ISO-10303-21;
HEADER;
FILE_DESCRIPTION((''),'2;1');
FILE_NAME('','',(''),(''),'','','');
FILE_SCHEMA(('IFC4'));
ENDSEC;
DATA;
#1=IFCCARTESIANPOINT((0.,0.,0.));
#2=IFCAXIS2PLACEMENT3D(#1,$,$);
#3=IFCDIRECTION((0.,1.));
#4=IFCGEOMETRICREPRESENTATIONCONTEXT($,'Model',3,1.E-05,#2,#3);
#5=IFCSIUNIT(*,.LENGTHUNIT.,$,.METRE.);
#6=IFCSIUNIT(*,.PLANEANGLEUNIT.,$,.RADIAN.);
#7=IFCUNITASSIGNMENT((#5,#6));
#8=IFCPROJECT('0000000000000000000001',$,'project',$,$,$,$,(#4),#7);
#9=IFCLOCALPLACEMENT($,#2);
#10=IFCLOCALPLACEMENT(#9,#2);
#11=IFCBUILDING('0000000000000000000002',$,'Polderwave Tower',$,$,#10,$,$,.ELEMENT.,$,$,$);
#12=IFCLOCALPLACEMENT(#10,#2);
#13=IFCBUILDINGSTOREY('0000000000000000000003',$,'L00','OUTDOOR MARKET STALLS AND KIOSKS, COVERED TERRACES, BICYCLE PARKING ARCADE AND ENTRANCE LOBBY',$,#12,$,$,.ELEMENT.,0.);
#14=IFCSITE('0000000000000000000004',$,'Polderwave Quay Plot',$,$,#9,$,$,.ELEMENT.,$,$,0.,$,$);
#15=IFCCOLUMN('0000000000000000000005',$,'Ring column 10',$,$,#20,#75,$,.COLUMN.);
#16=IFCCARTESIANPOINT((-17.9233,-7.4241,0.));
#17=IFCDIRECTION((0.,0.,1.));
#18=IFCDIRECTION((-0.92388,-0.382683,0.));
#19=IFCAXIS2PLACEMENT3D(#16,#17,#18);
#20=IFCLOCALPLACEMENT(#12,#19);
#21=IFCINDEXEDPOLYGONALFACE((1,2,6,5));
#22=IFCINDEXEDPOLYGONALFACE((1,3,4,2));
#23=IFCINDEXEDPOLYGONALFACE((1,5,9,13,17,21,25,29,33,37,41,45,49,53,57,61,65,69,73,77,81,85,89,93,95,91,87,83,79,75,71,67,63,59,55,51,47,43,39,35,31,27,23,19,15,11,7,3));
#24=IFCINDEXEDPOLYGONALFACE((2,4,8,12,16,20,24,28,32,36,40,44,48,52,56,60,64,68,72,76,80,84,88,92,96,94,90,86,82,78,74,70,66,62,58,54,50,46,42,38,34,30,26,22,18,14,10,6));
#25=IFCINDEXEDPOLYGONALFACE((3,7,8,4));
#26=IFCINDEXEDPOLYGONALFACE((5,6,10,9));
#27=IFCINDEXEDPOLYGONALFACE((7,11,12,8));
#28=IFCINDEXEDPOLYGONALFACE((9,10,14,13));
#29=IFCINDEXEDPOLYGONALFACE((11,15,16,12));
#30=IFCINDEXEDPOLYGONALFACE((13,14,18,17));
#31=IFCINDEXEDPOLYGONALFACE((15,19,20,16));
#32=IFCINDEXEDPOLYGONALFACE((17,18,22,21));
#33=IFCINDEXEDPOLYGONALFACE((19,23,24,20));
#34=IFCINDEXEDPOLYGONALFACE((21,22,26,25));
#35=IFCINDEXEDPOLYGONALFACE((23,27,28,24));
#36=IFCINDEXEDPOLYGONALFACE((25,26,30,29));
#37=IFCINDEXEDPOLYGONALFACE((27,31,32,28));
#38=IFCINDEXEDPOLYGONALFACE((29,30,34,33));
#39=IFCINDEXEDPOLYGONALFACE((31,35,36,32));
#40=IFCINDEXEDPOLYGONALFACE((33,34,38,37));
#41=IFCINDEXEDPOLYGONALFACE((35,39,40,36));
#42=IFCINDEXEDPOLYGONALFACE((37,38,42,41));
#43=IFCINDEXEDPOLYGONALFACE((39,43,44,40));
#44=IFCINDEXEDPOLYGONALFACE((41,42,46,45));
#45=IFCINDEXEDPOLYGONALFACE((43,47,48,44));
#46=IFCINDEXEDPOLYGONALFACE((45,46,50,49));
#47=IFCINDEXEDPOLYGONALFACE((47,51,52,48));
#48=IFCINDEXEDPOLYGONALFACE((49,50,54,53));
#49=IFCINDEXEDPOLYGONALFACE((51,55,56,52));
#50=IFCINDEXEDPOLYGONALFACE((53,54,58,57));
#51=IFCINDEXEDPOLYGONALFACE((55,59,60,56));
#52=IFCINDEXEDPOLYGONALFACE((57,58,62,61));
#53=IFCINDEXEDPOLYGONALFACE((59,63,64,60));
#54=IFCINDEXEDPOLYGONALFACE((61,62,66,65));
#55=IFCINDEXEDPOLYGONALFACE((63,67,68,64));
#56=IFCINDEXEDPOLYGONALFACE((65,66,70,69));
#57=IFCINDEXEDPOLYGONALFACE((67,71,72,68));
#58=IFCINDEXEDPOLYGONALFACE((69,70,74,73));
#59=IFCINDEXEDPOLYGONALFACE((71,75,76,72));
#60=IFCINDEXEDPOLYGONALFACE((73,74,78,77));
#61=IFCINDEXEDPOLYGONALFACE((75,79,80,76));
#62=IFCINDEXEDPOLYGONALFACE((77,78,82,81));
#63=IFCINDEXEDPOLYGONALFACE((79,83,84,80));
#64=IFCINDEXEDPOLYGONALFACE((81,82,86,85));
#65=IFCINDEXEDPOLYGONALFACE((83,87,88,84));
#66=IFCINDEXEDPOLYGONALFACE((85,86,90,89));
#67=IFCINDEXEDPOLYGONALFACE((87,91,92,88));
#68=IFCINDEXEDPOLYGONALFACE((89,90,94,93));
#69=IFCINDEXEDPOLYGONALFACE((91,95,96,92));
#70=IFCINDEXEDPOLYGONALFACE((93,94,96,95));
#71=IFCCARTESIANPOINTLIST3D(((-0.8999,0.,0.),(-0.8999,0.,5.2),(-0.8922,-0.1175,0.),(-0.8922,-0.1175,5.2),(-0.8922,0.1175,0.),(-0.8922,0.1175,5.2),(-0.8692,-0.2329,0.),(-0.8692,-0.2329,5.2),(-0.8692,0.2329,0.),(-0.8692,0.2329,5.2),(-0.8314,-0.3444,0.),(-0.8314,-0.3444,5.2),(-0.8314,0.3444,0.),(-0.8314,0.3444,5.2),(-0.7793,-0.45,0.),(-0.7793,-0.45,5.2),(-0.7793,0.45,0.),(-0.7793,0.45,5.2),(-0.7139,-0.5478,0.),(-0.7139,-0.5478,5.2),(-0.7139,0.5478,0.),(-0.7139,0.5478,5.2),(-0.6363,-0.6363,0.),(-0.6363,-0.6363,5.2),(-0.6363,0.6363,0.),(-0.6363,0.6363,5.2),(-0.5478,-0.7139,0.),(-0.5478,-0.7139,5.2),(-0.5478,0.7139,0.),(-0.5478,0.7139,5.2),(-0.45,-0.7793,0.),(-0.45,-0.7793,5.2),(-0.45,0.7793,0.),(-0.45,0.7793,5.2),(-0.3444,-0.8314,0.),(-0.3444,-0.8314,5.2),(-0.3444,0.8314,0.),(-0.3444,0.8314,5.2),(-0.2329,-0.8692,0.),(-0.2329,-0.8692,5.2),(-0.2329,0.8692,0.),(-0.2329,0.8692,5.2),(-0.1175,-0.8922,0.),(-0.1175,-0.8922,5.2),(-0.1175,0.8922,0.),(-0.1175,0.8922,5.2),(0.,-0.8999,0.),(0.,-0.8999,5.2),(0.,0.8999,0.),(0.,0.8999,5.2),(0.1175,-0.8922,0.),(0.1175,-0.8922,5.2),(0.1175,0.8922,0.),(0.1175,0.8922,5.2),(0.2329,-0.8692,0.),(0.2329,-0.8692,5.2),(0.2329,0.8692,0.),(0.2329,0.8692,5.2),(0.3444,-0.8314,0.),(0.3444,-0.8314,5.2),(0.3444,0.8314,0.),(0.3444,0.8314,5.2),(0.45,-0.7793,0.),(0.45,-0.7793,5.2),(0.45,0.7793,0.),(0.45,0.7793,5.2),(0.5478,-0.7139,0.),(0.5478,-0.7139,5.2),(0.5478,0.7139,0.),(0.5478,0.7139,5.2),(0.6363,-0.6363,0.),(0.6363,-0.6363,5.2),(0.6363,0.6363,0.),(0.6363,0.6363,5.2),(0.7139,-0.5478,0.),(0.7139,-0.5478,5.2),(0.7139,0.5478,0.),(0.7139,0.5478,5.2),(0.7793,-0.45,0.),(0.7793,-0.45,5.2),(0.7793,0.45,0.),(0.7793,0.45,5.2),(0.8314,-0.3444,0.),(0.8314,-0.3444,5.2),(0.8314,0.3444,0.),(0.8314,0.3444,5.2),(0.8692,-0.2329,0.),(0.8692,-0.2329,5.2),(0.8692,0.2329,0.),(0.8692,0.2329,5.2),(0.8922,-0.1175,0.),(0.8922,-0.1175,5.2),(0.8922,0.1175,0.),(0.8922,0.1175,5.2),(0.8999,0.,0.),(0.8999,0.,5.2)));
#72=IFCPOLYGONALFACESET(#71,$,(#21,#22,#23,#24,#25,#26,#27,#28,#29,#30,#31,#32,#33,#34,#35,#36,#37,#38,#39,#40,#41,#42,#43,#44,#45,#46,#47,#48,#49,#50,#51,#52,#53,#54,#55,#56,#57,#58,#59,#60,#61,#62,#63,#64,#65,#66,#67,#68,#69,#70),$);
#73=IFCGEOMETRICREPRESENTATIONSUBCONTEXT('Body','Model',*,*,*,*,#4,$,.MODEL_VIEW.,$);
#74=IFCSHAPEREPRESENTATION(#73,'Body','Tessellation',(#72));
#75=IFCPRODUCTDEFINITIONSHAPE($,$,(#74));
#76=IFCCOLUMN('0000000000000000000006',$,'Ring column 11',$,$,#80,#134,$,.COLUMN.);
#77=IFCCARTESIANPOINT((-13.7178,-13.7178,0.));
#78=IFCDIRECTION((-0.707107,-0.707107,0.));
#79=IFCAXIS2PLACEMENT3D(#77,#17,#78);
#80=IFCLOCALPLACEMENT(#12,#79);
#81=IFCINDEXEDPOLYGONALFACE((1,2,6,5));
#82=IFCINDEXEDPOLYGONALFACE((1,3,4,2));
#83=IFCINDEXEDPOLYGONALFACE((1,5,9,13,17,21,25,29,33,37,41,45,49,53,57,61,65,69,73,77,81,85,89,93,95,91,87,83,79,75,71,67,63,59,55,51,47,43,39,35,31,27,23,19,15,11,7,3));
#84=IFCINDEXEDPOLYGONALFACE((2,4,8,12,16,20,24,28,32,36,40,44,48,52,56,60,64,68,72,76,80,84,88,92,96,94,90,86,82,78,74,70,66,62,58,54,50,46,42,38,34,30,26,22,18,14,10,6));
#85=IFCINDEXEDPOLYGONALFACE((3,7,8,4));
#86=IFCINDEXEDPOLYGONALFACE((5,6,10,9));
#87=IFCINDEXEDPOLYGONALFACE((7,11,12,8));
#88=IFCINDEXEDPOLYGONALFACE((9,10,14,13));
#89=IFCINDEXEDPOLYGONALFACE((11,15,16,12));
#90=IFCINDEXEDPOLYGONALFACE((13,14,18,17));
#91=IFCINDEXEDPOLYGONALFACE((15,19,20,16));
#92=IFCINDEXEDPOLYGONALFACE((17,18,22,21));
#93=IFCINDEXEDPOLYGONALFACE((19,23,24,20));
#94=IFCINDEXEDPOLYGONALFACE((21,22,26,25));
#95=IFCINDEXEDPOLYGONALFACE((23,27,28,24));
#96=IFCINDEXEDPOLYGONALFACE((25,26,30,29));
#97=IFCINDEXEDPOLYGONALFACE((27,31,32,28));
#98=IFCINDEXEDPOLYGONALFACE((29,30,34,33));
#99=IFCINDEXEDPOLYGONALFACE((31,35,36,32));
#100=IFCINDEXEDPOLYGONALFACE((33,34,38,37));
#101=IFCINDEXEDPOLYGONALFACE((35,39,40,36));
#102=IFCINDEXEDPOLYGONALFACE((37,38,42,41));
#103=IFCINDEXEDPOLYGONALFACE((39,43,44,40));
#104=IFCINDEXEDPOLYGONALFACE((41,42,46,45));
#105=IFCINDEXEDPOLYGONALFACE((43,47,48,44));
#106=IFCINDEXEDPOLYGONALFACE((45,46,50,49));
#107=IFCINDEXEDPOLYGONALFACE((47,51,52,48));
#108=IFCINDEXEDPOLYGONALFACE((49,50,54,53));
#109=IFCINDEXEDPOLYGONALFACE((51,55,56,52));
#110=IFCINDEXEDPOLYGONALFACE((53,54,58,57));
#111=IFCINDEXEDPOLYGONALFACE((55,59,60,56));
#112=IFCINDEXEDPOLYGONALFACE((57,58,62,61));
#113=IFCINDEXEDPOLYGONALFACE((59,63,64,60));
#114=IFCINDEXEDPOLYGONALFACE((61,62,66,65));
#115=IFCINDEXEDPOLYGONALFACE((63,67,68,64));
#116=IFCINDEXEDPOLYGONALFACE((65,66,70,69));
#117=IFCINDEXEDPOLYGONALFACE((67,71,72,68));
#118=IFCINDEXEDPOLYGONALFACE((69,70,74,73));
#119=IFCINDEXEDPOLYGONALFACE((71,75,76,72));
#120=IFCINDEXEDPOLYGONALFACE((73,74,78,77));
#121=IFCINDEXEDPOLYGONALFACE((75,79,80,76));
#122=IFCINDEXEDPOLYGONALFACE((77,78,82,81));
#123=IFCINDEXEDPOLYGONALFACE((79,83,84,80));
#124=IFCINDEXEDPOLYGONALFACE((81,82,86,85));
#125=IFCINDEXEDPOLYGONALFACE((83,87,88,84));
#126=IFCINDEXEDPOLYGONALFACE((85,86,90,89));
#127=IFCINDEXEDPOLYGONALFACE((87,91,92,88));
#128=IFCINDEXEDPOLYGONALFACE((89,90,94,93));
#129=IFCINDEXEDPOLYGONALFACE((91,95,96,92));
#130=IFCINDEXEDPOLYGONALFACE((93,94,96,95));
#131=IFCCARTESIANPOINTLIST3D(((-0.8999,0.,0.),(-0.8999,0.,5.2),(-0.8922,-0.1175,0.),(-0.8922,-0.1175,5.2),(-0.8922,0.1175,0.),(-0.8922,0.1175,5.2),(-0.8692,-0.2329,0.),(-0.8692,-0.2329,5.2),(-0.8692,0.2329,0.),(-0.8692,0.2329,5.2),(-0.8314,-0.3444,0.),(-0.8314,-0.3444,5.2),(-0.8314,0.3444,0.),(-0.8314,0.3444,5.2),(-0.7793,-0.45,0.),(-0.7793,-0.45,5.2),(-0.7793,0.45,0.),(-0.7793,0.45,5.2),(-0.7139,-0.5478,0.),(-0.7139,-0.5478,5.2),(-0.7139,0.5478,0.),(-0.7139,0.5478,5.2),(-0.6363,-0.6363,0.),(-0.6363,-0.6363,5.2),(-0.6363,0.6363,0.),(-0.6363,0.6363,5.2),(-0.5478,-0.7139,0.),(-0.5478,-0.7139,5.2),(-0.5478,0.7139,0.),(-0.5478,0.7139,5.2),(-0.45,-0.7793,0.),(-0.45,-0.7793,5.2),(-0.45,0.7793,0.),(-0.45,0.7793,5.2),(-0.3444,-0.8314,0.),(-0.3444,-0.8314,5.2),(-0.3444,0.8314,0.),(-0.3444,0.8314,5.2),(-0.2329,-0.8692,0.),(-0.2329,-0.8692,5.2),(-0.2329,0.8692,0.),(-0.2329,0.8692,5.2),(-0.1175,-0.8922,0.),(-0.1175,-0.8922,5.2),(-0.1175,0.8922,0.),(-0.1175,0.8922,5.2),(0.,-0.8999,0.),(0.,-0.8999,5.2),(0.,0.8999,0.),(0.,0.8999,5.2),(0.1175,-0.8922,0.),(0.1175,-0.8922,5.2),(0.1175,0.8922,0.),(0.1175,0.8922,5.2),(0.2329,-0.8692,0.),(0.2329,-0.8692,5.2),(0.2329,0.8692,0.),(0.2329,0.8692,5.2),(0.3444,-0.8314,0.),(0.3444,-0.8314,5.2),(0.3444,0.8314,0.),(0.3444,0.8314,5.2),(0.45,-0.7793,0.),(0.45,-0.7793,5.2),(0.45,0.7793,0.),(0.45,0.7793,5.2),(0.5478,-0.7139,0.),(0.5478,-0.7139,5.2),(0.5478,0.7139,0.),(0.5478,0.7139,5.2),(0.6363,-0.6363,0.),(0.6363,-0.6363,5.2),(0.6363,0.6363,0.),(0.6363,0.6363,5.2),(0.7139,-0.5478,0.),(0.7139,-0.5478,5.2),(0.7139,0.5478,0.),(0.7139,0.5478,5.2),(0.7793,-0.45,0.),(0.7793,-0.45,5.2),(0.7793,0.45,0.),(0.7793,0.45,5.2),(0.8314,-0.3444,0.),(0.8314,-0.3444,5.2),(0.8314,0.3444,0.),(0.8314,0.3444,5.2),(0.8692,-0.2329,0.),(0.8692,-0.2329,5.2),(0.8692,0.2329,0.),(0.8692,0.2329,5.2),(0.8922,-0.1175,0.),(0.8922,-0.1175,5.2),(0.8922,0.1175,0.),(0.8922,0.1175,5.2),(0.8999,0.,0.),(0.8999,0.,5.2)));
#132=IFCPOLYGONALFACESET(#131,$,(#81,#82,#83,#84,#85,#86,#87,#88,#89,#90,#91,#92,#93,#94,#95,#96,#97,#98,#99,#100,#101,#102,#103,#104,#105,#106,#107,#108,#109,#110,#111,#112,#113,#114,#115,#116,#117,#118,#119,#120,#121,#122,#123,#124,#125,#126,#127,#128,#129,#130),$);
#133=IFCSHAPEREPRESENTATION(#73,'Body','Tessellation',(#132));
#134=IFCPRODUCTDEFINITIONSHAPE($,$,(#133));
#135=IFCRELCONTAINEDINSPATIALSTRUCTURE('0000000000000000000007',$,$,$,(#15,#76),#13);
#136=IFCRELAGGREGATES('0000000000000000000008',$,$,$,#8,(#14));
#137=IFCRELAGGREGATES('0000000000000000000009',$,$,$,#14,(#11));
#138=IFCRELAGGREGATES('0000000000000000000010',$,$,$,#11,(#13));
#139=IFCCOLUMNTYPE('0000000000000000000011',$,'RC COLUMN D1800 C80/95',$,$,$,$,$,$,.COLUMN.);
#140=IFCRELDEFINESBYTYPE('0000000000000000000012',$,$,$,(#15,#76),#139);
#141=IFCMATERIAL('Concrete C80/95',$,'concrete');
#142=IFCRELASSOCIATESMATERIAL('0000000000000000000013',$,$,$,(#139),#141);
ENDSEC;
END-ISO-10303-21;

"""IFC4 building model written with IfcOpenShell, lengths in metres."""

from ifc_helpers import new_model, si_unit, direction, frame, origin, origin_2d, place, context, subcontext, project, spatial, circle, extrude, material, material_profile, profile_set, type_object, element, save


model = new_model("IFC4")

# Units and contexts
model_context = context("Model", 3, precision=1e-05, world=origin(), true_north=direction((0.0, 1.0)))
body_context = subcontext(model_context, "Body", "Model", "MODEL_VIEW")
ifc_project = project(units=[si_unit("LENGTHUNIT", "METRE"), si_unit("PLANEANGLEUNIT", "RADIAN")], contexts=[model_context])

# Site, building, storey
site_placement = place(None, origin())
site = spatial("IfcSite", under=ifc_project, at=site_placement, Name="Polderwave Quay Plot", CompositionType="ELEMENT", RefElevation=0.0)
building_placement = place(site_placement, origin())
building = spatial("IfcBuilding", under=site, at=building_placement, Name="Polderwave Tower", CompositionType="ELEMENT")
storey_placement = place(building_placement, origin())
storey = spatial("IfcBuildingStorey", under=building, at=storey_placement, Name="L00", Description="OUTDOOR MARKET STALLS AND KIOSKS, COVERED TERRACES, BICYCLE PARKING ARCADE AND ENTRANCE LOBBY", CompositionType="ELEMENT", Elevation=0.0)

# Columns
ifc_material_1 = material(Name="Concrete C80/95", Category="concrete")
ifc_material_profile_1 = material_profile(ifc_material_1, circle(Radius=0.8999, at=origin_2d()), Name="RC D1800")
ifc_profile_set_1 = profile_set([ifc_material_profile_1], Name="Concrete C80/95")
column_type = type_object("IfcColumnType", Name="RC COLUMN D1800 C80/95", PredefinedType="COLUMN", material=ifc_profile_set_1)
for number, where, z_axis, x_axis, name in (
    (1, (-17.9233, -7.4241, 0.0), (0.0, 0.0, 1.0), (-0.92388, -0.382683, 0.0), "Ring column 10"),
    (2, (-13.7178, -13.7178, 0.0), (0.0, 0.0, 1.0), (-0.707107, -0.707107, 0.0), "Ring column 11"),
):
    element("IfcColumn", number, at=place(storey_placement, frame(where, z_axis=z_axis, x_axis=x_axis)), inside=storey, type_object=column_type, Name=name, PredefinedType="COLUMN", context=body_context, shape_type="SweptSolid", body=[
        extrude(circle(Radius=0.8999, at=origin_2d()), origin(), (0.0, 0.0, 1.0), 5.2),
    ])

save(model, "model.ifc")
